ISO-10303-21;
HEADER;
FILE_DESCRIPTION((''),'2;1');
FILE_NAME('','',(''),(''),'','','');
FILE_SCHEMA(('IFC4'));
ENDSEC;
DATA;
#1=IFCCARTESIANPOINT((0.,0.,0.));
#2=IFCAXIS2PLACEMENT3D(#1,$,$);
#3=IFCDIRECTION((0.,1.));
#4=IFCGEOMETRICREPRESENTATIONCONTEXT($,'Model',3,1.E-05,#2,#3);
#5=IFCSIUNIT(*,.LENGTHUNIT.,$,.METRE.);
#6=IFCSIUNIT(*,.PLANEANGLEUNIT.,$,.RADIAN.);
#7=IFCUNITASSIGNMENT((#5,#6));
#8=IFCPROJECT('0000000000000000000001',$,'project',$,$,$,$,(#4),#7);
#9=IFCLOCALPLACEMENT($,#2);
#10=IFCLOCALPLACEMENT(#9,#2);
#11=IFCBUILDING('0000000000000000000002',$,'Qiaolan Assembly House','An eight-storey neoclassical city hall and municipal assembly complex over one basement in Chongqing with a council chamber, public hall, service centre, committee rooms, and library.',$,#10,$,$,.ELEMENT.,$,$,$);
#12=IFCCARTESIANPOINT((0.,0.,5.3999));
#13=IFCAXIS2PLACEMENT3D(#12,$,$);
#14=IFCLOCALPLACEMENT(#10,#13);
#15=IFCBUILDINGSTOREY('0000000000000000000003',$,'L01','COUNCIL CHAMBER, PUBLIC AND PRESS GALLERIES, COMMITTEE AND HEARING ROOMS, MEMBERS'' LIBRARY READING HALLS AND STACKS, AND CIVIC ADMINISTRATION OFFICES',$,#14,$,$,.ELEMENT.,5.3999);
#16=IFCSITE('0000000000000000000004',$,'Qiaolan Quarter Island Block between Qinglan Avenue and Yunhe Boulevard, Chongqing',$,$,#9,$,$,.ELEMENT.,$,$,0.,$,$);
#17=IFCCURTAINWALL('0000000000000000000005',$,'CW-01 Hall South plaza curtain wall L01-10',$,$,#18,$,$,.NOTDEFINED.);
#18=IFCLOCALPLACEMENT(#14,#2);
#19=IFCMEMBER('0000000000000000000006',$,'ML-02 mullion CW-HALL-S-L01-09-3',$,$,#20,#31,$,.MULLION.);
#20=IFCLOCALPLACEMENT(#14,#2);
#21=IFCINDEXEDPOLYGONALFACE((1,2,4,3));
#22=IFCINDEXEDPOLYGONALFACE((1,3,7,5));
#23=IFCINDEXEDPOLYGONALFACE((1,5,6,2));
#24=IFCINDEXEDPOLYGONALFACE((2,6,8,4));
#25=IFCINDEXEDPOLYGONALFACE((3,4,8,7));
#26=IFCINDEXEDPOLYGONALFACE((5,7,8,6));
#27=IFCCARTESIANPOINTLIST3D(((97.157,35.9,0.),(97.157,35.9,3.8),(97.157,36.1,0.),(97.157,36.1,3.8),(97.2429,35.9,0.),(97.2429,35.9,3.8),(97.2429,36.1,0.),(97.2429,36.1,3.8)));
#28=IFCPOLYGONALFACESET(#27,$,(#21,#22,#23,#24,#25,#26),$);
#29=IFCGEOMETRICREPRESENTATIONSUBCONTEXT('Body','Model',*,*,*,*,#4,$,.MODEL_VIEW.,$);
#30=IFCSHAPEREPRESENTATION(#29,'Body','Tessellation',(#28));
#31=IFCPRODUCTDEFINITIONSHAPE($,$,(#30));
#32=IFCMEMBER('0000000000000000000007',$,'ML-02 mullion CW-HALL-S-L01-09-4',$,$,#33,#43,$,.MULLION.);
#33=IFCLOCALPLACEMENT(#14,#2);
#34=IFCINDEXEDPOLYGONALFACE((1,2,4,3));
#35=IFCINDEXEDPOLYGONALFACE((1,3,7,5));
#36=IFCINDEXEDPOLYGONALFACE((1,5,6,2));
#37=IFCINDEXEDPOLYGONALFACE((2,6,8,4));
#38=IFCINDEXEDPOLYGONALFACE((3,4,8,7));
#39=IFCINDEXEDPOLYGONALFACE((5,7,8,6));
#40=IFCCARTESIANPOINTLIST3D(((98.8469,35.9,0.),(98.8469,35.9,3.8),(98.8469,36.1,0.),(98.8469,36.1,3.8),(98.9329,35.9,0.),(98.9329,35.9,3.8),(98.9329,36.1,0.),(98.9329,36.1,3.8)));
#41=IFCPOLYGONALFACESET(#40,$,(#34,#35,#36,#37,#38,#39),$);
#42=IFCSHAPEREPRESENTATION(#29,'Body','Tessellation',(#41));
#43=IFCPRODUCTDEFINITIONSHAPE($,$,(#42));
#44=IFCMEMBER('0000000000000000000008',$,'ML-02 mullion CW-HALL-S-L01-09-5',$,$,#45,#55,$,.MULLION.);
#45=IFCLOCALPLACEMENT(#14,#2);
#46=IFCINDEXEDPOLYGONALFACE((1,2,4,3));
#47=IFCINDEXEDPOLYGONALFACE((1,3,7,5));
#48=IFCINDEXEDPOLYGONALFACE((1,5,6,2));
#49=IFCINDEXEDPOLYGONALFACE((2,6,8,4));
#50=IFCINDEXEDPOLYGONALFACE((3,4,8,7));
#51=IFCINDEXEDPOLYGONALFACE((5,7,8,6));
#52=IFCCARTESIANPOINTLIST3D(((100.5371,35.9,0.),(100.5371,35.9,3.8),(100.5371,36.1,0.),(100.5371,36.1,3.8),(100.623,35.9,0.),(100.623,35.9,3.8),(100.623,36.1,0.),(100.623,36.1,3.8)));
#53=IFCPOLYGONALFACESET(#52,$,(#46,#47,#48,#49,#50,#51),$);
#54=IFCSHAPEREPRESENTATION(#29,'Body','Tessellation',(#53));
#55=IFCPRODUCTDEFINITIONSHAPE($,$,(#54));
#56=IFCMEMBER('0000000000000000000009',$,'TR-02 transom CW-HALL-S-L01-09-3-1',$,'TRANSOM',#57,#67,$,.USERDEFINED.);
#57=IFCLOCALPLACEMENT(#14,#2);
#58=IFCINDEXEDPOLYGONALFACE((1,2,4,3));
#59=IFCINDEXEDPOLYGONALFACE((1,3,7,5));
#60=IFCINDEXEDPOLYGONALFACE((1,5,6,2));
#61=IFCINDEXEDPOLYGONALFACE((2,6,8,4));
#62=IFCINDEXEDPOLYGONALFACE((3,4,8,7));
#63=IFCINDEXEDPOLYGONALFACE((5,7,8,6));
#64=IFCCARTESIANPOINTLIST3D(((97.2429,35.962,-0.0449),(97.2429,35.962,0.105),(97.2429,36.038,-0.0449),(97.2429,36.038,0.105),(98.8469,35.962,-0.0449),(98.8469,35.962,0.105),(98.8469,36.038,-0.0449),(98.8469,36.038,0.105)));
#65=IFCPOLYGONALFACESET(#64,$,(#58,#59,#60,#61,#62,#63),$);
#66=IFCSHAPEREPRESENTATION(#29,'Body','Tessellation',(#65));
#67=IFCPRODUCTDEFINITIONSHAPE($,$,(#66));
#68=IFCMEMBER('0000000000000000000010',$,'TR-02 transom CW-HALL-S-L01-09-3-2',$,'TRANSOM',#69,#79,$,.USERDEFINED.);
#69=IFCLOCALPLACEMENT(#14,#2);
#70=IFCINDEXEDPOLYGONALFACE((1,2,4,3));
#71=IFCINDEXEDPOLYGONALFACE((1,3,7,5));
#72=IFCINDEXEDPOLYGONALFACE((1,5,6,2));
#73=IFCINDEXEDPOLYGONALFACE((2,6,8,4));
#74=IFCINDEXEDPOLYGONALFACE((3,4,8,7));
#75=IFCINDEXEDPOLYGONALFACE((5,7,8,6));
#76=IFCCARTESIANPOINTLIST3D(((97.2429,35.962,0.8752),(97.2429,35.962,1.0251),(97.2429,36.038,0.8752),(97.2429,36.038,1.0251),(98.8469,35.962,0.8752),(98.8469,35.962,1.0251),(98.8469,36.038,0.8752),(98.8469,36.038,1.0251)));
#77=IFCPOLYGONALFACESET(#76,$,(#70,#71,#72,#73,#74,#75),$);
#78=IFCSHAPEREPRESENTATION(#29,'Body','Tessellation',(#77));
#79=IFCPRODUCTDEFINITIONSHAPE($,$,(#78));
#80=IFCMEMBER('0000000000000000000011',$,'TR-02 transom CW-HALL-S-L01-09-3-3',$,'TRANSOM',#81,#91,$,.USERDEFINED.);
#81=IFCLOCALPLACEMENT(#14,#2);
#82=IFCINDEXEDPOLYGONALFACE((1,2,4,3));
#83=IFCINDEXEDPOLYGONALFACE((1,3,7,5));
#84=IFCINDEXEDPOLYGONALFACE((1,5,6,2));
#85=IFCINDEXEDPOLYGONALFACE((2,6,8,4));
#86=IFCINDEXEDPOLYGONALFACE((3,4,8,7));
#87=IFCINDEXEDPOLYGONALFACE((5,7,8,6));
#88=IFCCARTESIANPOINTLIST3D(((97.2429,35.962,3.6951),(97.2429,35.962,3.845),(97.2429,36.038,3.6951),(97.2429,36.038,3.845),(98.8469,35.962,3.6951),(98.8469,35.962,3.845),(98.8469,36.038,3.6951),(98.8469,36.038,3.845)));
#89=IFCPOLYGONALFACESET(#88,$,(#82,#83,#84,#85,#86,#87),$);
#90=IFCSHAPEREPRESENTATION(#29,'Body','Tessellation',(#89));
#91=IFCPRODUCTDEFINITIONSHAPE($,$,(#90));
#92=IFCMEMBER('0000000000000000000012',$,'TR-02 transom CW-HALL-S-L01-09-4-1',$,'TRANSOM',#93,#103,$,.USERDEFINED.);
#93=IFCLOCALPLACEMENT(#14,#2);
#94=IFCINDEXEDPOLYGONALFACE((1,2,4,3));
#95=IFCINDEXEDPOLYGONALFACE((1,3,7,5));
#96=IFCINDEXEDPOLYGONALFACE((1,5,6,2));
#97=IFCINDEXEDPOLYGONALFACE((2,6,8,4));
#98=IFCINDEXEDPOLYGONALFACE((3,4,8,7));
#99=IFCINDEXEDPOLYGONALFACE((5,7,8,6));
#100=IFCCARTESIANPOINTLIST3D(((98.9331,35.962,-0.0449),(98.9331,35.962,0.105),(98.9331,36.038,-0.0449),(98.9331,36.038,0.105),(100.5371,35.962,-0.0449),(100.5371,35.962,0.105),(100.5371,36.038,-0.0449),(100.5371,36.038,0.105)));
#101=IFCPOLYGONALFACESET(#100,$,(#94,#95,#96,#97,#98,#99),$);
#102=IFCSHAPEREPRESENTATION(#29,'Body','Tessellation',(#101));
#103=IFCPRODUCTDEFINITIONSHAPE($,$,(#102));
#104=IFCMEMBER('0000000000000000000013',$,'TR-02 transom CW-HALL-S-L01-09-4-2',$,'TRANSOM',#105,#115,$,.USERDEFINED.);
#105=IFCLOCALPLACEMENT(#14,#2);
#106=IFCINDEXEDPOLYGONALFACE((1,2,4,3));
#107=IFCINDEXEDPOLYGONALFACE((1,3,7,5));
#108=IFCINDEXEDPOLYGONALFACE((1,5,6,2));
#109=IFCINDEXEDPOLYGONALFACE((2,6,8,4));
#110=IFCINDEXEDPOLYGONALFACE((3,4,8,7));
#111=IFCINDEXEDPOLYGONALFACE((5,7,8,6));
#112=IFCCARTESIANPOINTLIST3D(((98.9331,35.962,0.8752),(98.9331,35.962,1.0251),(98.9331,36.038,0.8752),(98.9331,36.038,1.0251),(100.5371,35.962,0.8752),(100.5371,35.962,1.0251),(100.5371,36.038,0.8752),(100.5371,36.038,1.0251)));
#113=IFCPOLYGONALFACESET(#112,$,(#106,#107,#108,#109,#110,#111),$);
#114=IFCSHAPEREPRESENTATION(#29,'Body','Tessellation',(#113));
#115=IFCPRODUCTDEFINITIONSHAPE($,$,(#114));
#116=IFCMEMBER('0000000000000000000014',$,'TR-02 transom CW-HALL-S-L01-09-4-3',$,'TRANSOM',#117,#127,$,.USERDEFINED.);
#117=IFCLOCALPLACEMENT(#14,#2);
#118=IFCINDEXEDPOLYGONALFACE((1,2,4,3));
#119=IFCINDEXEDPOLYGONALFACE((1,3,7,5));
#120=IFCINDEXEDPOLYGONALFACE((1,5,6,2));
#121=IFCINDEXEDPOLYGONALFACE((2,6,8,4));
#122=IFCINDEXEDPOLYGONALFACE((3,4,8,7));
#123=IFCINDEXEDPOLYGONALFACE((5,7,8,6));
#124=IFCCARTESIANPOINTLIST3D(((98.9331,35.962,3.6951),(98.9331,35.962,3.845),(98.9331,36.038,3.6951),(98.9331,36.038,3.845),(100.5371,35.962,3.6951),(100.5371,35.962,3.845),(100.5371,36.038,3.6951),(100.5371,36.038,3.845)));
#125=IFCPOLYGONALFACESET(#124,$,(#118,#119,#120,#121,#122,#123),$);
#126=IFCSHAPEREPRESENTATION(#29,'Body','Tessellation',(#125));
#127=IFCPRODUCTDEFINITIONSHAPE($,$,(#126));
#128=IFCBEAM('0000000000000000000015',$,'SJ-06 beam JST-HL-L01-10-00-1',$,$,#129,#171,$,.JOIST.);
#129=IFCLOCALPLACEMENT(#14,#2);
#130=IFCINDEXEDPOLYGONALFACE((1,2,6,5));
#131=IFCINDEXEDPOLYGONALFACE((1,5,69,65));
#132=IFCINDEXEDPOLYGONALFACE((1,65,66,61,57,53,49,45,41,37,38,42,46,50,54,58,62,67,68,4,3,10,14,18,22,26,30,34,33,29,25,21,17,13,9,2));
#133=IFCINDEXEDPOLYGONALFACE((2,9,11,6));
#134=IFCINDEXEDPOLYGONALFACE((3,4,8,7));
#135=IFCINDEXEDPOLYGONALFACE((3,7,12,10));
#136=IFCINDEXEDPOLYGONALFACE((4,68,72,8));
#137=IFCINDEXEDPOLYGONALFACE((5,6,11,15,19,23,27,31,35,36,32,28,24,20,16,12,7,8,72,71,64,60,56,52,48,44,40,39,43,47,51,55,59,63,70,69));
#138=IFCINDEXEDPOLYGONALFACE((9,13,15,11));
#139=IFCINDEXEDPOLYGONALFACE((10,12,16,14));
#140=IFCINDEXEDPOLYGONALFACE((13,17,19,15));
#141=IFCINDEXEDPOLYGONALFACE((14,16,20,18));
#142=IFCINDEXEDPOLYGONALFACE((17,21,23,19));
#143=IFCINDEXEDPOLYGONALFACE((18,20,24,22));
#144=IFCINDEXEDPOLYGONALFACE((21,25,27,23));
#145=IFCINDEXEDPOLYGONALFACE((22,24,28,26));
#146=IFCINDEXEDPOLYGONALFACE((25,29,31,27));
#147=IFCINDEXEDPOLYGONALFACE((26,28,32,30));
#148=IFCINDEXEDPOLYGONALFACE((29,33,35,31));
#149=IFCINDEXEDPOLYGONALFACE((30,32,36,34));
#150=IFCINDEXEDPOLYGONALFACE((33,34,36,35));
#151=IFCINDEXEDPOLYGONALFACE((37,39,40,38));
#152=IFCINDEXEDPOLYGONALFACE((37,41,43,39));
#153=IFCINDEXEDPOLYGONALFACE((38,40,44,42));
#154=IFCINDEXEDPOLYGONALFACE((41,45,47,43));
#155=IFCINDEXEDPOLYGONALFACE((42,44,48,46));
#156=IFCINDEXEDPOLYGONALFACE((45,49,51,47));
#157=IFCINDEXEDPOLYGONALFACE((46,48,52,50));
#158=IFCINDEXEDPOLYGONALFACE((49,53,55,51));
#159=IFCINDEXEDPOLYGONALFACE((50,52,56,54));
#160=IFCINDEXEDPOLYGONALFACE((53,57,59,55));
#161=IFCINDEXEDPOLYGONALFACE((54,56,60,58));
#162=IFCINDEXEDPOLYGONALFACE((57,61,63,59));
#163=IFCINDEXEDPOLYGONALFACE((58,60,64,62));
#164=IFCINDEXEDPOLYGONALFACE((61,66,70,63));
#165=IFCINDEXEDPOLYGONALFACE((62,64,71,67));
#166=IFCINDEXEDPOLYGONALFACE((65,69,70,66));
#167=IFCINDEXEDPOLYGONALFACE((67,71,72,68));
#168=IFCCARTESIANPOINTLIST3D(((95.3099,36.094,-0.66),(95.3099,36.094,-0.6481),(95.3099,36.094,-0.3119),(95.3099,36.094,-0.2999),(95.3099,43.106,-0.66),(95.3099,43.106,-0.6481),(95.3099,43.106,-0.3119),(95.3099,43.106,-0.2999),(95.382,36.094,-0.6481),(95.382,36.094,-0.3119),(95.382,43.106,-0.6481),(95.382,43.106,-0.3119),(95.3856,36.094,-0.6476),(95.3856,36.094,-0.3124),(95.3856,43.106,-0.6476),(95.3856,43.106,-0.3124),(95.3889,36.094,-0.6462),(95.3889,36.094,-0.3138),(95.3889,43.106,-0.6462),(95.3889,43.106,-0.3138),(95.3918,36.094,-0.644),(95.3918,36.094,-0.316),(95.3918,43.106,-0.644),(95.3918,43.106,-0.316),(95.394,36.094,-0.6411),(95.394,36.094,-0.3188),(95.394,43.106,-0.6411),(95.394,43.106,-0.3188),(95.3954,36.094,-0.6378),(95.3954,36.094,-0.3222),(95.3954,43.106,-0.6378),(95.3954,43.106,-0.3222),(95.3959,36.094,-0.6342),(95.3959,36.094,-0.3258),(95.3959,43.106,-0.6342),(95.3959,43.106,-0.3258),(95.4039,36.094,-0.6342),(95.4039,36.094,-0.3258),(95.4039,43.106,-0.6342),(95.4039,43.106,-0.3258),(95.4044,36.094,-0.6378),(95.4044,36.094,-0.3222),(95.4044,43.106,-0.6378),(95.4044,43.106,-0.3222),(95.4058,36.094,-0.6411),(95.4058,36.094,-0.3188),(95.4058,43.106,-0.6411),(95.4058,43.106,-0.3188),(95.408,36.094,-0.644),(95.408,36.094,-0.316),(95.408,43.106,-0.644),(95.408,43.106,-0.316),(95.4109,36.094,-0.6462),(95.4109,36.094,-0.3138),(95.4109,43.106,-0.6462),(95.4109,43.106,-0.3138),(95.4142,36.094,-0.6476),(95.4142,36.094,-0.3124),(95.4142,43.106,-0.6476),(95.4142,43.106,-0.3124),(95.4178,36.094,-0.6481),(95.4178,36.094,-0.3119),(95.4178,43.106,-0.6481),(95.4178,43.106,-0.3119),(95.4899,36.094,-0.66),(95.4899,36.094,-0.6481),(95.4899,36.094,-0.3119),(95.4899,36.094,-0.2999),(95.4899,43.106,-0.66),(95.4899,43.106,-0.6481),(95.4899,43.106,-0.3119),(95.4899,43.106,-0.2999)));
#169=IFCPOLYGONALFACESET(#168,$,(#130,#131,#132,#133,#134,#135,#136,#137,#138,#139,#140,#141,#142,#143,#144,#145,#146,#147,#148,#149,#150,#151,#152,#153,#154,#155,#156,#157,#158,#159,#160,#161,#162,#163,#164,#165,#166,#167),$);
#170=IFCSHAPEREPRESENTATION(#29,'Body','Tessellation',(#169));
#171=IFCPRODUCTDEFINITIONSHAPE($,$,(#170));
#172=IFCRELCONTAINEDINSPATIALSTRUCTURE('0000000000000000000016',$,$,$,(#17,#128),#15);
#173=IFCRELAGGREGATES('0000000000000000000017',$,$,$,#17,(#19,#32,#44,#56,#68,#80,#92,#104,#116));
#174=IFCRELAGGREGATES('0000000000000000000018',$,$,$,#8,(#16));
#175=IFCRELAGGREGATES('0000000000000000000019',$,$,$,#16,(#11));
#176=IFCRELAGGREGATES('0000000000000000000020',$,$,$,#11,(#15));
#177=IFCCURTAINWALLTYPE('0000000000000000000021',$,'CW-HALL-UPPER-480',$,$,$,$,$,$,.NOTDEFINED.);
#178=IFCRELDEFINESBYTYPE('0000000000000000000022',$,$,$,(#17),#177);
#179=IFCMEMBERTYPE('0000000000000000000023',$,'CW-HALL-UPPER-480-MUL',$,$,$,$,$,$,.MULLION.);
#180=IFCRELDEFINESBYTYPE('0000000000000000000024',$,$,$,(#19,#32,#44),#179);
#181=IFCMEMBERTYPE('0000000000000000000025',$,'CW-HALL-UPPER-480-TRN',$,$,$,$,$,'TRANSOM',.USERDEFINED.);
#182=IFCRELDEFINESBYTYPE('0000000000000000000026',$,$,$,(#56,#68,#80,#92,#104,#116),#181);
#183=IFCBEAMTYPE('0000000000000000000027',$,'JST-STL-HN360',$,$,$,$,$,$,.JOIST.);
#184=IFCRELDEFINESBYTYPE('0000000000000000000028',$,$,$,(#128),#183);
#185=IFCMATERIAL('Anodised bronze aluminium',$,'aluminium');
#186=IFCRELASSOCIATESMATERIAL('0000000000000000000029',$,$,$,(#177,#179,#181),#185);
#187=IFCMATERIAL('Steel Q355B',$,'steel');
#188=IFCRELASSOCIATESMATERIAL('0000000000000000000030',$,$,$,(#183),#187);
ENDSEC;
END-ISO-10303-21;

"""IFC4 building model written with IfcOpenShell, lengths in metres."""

from ifc_helpers import new_model, si_unit, direction, frame, origin, origin_2d, place, context, subcontext, project, spatial, rectangle, i_section, extrude, material, material_profile, profile_set, type_object, element, aggregate, save


model = new_model("IFC4")

# Units and contexts
model_context = context("Model", 3, precision=1e-05, world=origin(), true_north=direction((0.0, 1.0)))
body_context = subcontext(model_context, "Body", "Model", "MODEL_VIEW")
ifc_project = project(units=[si_unit("LENGTHUNIT", "METRE"), si_unit("PLANEANGLEUNIT", "RADIAN")], contexts=[model_context])

# Site, building, storey
site_placement = place(None, origin())
site = spatial("IfcSite", under=ifc_project, at=site_placement, Name="Qiaolan Quarter Island Block between Qinglan Avenue and Yunhe Boulevard, Chongqing", CompositionType="ELEMENT", RefElevation=0.0)
building_placement = place(site_placement, origin())
building = spatial("IfcBuilding", under=site, at=building_placement, Name="Qiaolan Assembly House", Description="An eight-storey neoclassical city hall and municipal assembly complex over one basement in Chongqing with a council chamber, public hall, service centre, committee rooms, and library.", CompositionType="ELEMENT")
storey_placement = place(building_placement, frame((0.0, 0.0, 5.3999)))
storey = spatial("IfcBuildingStorey", under=building, at=storey_placement, Name="L01", Description="COUNCIL CHAMBER, PUBLIC AND PRESS GALLERIES, COMMITTEE AND HEARING ROOMS, MEMBERS' LIBRARY READING HALLS AND STACKS, AND CIVIC ADMINISTRATION OFFICES", CompositionType="ELEMENT", Elevation=5.3999)

# Shared definitions
ifc_material_1 = material(Name="Steel Q355B", Category="steel")

# Curtain wall, members
ifc_material_2 = material(Name="Anodised bronze aluminium", Category="aluminium")
curtain_wall_type = type_object("IfcCurtainWallType", Name="CW-HALL-UPPER-480", PredefinedType="NOTDEFINED", material=ifc_material_2)
curtain_wall_placement = place(storey_placement, origin())
curtain_wall = element("IfcCurtainWall", 1, at=curtain_wall_placement, inside=storey, type_object=curtain_wall_type, Name="CW-01 Hall South plaza curtain wall L01-10", PredefinedType="NOTDEFINED")
ifc_material_profile_1 = material_profile(ifc_material_2, rectangle(XDim=0.0859, YDim=0.2, at=origin_2d()), Name="MUL 86x200")
ifc_profile_set_1 = profile_set([ifc_material_profile_1], Name="Anodised bronze aluminium")
member_type_1 = type_object("IfcMemberType", Name="CW-HALL-UPPER-480-MUL", PredefinedType="MULLION", material=ifc_profile_set_1)
member_1_placement = place(storey_placement, frame((97.2, 36.0, 0.0), z_axis=(0.0, 0.0, 1.0), x_axis=(1.0, 0.0, 0.0)))
member_1 = element("IfcMember", 2, at=member_1_placement, type_object=member_type_1, Name="ML-02 mullion CW-HALL-S-L01-09-3", PredefinedType="MULLION", context=body_context, shape_type="SweptSolid", body=[
    extrude(rectangle(XDim=0.0859, YDim=0.2, at=origin_2d()), origin(), (0.0, 0.0, 1.0), 3.8),
])
member_2_placement = place(storey_placement, frame((98.8899, 36.0, 0.0), z_axis=(0.0, 0.0, 1.0), x_axis=(1.0, 0.0, 0.0)))
member_2 = element("IfcMember", 3, at=member_2_placement, type_object=member_type_1, Name="ML-02 mullion CW-HALL-S-L01-09-4", PredefinedType="MULLION", context=body_context, shape_type="SweptSolid", body=[
    extrude(rectangle(XDim=0.0859, YDim=0.2, at=origin_2d()), origin(), (0.0, 0.0, 1.0), 3.8),
])
member_3_placement = place(storey_placement, frame((100.5801, 36.0, 0.0), z_axis=(0.0, 0.0, 1.0), x_axis=(1.0, 0.0, 0.0)))
member_3 = element("IfcMember", 4, at=member_3_placement, type_object=member_type_1, Name="ML-02 mullion CW-HALL-S-L01-09-5", PredefinedType="MULLION", context=body_context, shape_type="SweptSolid", body=[
    extrude(rectangle(XDim=0.0859, YDim=0.2, at=origin_2d()), origin(), (0.0, 0.0, 1.0), 3.8),
])
ifc_material_profile_2 = material_profile(ifc_material_2, rectangle(XDim=0.0759, YDim=0.1499, at=origin_2d()), Name="TRN 76x150")
ifc_profile_set_2 = profile_set([ifc_material_profile_2], Name="Anodised bronze aluminium")
member_type_2 = type_object("IfcMemberType", Name="CW-HALL-UPPER-480-TRN", ElementType="TRANSOM", PredefinedType="USERDEFINED", material=ifc_profile_set_2)
member_4_placement = place(storey_placement, frame((97.2429, 36.0, 0.03), z_axis=(1.0, 0.0, 0.0), x_axis=(0.0, 1.0, 0.0)))
member_4 = element("IfcMember", 5, at=member_4_placement, type_object=member_type_2, Name="TR-02 transom CW-HALL-S-L01-09-3-1", ObjectType="TRANSOM", PredefinedType="USERDEFINED", context=body_context, shape_type="SweptSolid", body=[
    extrude(rectangle(XDim=0.0759, YDim=0.1499, at=origin_2d()), origin(), (0.0, 0.0, 1.0), 1.604),
])
member_5_placement = place(storey_placement, frame((97.2429, 36.0, 0.9502), z_axis=(1.0, 0.0, 0.0), x_axis=(0.0, 1.0, 0.0)))
member_5 = element("IfcMember", 6, at=member_5_placement, type_object=member_type_2, Name="TR-02 transom CW-HALL-S-L01-09-3-2", ObjectType="TRANSOM", PredefinedType="USERDEFINED", context=body_context, shape_type="SweptSolid", body=[
    extrude(rectangle(XDim=0.0759, YDim=0.1499, at=origin_2d()), origin(), (0.0, 0.0, 1.0), 1.604),
])
member_6_placement = place(storey_placement, frame((97.2429, 36.0, 3.77), z_axis=(1.0, 0.0, 0.0), x_axis=(0.0, 1.0, 0.0)))
member_6 = element("IfcMember", 7, at=member_6_placement, type_object=member_type_2, Name="TR-02 transom CW-HALL-S-L01-09-3-3", ObjectType="TRANSOM", PredefinedType="USERDEFINED", context=body_context, shape_type="SweptSolid", body=[
    extrude(rectangle(XDim=0.0759, YDim=0.1499, at=origin_2d()), origin(), (0.0, 0.0, 1.0), 1.604),
])
member_7_placement = place(storey_placement, frame((98.9331, 36.0, 0.03), z_axis=(1.0, 0.0, 0.0), x_axis=(0.0, 1.0, 0.0)))
member_7 = element("IfcMember", 8, at=member_7_placement, type_object=member_type_2, Name="TR-02 transom CW-HALL-S-L01-09-4-1", ObjectType="TRANSOM", PredefinedType="USERDEFINED", context=body_context, shape_type="SweptSolid", body=[
    extrude(rectangle(XDim=0.0759, YDim=0.1499, at=origin_2d()), origin(), (0.0, 0.0, 1.0), 1.604),
])
member_8_placement = place(storey_placement, frame((98.9331, 36.0, 0.9502), z_axis=(1.0, 0.0, 0.0), x_axis=(0.0, 1.0, 0.0)))
member_8 = element("IfcMember", 9, at=member_8_placement, type_object=member_type_2, Name="TR-02 transom CW-HALL-S-L01-09-4-2", ObjectType="TRANSOM", PredefinedType="USERDEFINED", context=body_context, shape_type="SweptSolid", body=[
    extrude(rectangle(XDim=0.0759, YDim=0.1499, at=origin_2d()), origin(), (0.0, 0.0, 1.0), 1.604),
])
member_9_placement = place(storey_placement, frame((98.9331, 36.0, 3.77), z_axis=(1.0, 0.0, 0.0), x_axis=(0.0, 1.0, 0.0)))
member_9 = element("IfcMember", 10, at=member_9_placement, type_object=member_type_2, Name="TR-02 transom CW-HALL-S-L01-09-4-3", ObjectType="TRANSOM", PredefinedType="USERDEFINED", context=body_context, shape_type="SweptSolid", body=[
    extrude(rectangle(XDim=0.0759, YDim=0.1499, at=origin_2d()), origin(), (0.0, 0.0, 1.0), 1.604),
])

# Beam
ifc_material_profile_3 = material_profile(ifc_material_1, i_section(OverallWidth=0.1799, OverallDepth=0.3601, WebThickness=0.0081, FlangeThickness=0.012, FilletRadius=0.0139, at=origin_2d()), Name="HN 360x180x8x12")
ifc_profile_set_3 = profile_set([ifc_material_profile_3], Name="Steel Q355B")
beam_type_1 = type_object("IfcBeamType", Name="JST-STL-HN360", PredefinedType="JOIST", material=ifc_profile_set_3)
for number, where, z_axis, x_axis, name in (
    (11, (95.3999, 36.094, -0.48), (0.0, 1.0, 0.0), (-1.0, 0.0, 0.0), "SJ-06 beam JST-HL-L01-10-00-1"),
):
    element("IfcBeam", number, at=place(storey_placement, frame(where, z_axis=z_axis, x_axis=x_axis)), inside=storey, type_object=beam_type_1, Name=name, PredefinedType="JOIST", context=body_context, shape_type="SweptSolid", body=[
        extrude(i_section(OverallWidth=0.1799, OverallDepth=0.3601, WebThickness=0.0081, FlangeThickness=0.012, FilletRadius=0.0139, at=origin_2d()), origin(), (0.0, 0.0, 1.0), 7.012),
    ])

aggregate(curtain_wall, [member_1, member_2, member_3, member_4, member_5, member_6, member_7, member_8, member_9])

save(model, "model.ifc")
